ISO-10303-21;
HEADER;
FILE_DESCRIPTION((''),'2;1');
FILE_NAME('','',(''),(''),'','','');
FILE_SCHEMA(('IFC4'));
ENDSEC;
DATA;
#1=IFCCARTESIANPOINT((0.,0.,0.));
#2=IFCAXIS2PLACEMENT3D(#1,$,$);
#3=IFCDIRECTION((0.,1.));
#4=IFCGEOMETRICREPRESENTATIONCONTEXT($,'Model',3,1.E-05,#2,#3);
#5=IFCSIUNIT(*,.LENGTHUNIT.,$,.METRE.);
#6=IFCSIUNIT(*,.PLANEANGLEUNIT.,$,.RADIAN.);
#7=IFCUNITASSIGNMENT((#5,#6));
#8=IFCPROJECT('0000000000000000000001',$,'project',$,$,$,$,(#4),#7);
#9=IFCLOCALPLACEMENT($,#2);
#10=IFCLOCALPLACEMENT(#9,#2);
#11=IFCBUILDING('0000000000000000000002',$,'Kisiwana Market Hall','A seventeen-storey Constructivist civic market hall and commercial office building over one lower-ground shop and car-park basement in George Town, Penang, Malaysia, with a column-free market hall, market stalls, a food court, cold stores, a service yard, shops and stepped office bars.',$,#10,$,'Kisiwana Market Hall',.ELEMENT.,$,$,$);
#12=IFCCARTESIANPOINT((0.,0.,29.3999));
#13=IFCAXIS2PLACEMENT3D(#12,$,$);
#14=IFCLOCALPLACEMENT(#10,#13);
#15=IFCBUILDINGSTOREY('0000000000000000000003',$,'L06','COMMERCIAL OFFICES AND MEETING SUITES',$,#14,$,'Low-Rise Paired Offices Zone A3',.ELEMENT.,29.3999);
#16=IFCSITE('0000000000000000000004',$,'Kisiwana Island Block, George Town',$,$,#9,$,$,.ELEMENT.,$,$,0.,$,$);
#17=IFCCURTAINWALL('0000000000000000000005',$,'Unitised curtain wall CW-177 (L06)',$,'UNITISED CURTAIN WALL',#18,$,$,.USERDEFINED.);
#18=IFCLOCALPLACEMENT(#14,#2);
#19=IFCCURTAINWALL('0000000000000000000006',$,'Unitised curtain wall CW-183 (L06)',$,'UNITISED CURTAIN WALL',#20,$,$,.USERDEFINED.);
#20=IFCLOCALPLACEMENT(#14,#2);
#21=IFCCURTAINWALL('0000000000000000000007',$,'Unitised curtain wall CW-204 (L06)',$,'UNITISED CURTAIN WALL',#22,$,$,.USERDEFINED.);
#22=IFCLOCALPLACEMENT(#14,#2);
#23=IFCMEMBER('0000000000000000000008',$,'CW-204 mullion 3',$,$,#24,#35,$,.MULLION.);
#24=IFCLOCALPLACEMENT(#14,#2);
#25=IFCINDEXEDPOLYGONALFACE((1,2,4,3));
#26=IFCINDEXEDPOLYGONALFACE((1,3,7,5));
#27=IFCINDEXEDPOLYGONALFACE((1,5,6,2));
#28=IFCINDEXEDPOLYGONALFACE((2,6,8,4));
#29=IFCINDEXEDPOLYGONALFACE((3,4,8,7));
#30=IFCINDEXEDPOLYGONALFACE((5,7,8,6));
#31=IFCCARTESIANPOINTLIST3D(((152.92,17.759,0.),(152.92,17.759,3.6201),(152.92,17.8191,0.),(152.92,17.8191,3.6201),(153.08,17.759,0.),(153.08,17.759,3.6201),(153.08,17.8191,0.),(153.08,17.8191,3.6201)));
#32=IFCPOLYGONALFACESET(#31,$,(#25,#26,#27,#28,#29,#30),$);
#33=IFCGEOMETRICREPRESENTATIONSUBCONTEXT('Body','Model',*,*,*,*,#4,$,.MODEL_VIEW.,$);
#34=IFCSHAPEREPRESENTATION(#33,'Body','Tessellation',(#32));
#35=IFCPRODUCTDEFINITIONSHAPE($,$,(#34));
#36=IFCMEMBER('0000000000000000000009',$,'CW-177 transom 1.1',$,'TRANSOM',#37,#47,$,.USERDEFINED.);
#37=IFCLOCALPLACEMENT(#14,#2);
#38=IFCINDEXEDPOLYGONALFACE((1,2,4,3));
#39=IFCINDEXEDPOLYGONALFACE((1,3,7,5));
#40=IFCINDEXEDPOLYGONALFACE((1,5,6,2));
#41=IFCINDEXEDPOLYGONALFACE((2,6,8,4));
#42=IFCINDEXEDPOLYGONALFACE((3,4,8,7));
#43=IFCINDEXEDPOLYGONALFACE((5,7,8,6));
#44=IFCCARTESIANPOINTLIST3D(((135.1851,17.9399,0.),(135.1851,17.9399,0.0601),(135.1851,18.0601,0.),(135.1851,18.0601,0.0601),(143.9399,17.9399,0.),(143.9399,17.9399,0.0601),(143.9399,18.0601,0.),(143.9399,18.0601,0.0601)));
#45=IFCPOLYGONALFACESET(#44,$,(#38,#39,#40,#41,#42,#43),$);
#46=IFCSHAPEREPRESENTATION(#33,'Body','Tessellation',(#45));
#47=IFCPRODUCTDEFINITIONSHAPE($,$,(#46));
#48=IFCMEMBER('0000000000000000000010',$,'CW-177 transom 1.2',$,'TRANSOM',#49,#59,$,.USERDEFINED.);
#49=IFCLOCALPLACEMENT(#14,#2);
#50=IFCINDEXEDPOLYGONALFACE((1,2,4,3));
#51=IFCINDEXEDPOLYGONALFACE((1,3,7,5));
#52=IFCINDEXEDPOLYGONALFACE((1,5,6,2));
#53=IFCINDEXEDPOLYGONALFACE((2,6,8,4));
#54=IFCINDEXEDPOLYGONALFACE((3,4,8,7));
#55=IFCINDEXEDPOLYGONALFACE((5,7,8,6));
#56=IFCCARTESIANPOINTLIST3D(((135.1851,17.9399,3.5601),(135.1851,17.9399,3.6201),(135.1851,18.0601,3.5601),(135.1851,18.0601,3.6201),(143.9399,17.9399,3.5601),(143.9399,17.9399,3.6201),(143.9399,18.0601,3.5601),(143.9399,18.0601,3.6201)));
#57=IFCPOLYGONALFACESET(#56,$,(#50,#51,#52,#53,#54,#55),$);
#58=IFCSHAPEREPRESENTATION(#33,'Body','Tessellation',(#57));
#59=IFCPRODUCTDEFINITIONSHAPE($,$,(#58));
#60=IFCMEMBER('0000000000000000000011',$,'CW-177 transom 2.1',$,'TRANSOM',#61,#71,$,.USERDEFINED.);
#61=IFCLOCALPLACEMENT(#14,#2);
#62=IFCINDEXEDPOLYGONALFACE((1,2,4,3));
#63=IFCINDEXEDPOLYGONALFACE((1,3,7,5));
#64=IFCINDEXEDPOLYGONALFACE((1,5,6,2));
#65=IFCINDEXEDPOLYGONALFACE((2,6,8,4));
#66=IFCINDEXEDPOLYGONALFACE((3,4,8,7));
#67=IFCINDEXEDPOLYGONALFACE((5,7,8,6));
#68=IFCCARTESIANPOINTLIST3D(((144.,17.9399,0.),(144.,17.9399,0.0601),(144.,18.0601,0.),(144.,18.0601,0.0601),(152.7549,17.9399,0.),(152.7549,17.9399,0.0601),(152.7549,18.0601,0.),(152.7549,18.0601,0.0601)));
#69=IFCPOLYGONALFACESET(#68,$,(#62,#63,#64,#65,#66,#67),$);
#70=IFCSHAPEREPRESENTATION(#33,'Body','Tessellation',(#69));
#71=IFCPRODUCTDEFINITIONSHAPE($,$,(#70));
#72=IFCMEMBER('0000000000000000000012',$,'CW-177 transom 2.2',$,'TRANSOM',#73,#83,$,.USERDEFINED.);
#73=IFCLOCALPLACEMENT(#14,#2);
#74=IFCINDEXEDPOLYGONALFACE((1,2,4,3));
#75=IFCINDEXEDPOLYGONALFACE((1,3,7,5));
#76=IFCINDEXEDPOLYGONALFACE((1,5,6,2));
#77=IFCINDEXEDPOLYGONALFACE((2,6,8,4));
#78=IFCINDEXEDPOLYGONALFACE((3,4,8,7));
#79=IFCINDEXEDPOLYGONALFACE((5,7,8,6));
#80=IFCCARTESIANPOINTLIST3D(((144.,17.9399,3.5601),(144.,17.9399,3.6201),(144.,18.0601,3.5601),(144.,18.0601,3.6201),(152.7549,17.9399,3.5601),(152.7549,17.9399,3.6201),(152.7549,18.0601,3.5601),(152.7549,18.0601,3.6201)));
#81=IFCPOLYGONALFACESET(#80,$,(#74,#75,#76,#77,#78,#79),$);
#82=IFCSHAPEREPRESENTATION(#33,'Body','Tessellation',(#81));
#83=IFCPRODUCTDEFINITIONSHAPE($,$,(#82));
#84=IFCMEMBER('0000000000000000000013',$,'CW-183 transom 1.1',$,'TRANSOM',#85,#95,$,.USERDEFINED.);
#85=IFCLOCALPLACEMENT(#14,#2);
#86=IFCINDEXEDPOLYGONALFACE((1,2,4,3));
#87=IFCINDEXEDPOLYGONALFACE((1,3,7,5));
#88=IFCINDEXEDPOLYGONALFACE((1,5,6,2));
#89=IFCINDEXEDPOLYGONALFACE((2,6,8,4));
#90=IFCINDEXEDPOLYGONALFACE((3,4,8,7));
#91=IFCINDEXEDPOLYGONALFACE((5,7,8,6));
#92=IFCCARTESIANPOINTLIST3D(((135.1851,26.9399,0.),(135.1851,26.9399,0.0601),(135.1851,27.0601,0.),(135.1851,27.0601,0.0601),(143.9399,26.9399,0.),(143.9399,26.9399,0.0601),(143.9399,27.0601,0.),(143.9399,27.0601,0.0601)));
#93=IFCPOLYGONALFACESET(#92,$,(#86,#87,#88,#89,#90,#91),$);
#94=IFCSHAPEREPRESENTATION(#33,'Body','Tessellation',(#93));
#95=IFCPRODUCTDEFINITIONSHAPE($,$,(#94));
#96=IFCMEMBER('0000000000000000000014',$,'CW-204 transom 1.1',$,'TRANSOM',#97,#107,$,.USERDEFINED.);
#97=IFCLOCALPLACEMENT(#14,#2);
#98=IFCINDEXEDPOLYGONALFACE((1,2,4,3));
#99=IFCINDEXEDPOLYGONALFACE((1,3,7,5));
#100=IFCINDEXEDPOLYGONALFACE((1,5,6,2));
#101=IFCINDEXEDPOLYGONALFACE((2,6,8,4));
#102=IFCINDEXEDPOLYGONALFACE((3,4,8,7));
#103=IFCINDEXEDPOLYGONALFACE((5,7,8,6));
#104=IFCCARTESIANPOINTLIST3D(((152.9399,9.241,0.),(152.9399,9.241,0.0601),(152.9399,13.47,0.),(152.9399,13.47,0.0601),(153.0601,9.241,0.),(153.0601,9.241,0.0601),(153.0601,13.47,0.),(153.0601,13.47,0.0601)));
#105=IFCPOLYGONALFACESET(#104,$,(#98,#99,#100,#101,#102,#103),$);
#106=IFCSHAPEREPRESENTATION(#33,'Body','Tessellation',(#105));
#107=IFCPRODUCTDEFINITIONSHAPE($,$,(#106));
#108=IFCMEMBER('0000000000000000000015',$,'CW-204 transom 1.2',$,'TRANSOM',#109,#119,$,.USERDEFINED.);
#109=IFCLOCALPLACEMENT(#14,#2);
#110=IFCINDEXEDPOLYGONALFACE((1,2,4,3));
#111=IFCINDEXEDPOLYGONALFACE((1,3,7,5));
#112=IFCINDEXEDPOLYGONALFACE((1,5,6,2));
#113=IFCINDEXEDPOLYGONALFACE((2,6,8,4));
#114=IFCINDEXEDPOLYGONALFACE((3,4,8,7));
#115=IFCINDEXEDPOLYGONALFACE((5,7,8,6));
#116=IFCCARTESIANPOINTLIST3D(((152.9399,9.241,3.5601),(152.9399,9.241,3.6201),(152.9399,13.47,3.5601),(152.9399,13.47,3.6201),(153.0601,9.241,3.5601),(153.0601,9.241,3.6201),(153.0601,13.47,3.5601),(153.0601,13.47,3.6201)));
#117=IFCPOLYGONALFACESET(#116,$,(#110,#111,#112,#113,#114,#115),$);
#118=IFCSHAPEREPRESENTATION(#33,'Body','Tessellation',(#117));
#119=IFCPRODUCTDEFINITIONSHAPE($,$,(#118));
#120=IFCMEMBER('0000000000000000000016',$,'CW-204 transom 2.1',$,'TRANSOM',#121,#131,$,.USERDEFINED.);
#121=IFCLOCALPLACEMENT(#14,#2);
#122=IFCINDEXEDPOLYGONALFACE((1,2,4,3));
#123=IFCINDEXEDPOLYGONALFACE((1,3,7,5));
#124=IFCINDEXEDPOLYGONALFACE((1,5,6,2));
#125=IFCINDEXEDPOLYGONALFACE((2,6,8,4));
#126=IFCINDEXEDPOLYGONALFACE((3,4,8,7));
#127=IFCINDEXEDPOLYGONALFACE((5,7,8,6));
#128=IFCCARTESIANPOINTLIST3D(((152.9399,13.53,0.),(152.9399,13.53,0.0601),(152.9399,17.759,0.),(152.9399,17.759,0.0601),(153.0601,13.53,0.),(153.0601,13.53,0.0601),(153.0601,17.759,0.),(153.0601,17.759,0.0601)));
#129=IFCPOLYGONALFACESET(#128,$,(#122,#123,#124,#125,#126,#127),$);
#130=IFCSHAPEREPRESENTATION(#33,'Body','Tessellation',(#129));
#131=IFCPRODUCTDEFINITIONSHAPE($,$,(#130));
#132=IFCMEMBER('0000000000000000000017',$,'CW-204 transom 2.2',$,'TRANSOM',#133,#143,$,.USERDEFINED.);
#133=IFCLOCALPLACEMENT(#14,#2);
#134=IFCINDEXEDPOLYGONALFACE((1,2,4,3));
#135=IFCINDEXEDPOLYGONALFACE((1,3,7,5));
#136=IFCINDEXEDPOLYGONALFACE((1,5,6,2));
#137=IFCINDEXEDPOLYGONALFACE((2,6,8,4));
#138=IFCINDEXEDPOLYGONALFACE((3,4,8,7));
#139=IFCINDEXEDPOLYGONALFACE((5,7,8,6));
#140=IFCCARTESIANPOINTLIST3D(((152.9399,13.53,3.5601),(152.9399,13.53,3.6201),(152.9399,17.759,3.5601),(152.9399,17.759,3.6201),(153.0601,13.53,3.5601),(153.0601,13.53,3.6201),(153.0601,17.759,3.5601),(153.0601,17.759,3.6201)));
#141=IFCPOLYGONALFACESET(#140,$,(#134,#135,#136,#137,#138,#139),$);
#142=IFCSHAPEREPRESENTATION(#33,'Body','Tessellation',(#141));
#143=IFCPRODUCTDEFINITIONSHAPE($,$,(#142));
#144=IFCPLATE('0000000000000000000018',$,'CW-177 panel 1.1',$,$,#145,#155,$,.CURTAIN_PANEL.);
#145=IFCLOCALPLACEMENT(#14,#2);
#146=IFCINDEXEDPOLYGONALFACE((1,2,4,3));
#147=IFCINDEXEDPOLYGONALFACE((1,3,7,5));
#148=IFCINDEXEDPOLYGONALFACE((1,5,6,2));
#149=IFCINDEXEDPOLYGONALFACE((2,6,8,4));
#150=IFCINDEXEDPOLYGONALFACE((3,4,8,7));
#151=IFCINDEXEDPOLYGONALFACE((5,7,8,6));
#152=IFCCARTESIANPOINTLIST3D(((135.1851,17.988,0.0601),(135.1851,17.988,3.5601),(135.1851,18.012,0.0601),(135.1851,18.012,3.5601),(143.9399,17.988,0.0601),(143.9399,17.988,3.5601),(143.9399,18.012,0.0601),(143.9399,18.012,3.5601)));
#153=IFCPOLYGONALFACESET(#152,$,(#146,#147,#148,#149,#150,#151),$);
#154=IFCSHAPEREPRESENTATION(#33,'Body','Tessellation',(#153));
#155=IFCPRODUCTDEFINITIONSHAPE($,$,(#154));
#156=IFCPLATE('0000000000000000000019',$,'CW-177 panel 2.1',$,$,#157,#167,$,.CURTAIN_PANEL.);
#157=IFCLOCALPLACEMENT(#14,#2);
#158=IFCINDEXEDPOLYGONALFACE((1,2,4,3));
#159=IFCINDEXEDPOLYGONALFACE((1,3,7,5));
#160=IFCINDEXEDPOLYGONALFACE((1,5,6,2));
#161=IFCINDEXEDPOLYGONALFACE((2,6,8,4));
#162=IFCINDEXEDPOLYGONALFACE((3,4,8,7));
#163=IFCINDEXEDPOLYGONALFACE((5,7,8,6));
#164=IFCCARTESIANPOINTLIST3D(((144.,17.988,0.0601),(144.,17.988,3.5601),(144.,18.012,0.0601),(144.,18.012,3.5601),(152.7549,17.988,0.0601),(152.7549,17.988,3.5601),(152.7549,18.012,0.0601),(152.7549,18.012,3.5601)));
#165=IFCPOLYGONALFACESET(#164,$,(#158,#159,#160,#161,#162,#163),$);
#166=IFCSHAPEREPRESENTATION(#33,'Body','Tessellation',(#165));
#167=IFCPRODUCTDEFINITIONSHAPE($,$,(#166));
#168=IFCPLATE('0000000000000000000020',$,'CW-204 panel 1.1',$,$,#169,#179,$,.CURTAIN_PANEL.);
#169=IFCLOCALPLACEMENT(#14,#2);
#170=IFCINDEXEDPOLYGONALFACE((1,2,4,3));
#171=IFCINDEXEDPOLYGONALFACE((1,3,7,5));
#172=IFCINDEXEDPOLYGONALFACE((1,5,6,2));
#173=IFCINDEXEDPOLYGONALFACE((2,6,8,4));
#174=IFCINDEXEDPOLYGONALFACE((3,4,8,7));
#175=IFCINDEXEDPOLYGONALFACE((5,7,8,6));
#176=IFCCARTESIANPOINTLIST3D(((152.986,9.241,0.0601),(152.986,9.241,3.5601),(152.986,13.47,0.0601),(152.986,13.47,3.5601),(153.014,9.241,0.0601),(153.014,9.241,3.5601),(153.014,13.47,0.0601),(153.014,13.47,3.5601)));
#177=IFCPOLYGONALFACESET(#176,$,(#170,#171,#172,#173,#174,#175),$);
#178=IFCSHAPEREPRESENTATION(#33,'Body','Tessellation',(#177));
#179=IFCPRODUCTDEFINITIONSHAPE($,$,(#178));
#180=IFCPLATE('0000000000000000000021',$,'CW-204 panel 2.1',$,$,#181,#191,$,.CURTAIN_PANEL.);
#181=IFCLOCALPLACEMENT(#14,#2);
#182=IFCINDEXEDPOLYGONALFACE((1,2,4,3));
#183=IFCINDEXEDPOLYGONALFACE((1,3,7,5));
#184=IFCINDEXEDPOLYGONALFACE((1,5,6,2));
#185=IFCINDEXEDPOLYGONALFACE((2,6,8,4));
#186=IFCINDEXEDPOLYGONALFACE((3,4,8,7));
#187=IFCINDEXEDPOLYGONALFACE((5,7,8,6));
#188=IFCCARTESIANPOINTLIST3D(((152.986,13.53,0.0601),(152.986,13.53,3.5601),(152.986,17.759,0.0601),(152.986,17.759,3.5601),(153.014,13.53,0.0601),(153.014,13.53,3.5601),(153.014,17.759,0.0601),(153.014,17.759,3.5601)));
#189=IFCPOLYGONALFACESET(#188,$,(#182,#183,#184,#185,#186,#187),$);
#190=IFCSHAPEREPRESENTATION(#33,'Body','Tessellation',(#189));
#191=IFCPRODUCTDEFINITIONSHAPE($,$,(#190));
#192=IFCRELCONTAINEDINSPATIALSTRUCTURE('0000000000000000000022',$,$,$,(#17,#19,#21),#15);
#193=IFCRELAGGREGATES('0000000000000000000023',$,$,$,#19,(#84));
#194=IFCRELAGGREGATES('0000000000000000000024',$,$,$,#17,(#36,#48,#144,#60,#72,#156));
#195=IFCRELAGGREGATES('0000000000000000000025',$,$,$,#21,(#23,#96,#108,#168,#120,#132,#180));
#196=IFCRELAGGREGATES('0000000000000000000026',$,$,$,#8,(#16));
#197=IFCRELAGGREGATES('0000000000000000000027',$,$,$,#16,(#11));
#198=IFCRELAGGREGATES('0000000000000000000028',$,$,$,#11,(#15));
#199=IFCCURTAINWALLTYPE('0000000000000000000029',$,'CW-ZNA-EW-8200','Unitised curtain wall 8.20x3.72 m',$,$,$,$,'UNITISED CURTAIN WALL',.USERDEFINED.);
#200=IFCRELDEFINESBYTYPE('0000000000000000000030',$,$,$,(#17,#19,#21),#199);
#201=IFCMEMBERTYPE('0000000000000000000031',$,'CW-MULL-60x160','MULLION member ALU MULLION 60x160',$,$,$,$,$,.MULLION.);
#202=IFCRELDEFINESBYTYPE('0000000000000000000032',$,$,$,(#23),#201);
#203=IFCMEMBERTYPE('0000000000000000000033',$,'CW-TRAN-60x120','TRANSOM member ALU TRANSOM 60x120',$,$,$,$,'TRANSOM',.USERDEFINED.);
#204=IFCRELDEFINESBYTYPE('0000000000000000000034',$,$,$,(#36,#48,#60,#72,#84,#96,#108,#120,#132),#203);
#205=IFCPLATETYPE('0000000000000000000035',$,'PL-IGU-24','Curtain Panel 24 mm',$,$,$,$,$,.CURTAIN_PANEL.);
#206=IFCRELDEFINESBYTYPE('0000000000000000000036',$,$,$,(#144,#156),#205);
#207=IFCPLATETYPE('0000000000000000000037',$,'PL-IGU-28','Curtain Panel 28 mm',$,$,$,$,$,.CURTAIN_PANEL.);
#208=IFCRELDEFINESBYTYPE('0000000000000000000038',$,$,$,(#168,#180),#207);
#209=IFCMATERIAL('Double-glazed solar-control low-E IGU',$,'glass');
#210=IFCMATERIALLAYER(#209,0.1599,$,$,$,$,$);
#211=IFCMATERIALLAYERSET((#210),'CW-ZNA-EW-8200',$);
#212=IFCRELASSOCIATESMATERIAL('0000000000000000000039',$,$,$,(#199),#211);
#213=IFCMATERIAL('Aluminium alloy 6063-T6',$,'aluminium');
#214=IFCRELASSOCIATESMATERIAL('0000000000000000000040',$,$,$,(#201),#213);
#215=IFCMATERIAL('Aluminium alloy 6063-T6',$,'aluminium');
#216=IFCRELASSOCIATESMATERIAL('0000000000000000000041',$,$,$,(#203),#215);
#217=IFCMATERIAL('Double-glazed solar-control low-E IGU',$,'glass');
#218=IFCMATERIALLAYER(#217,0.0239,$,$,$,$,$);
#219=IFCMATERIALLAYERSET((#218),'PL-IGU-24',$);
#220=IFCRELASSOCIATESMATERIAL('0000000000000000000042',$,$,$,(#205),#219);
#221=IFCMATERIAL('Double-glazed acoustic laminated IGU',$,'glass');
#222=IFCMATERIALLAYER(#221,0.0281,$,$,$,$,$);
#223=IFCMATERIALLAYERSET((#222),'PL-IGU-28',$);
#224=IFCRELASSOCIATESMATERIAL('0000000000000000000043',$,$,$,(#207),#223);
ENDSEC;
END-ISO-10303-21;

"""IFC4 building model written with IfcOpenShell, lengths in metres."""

from ifc_helpers import new_model, si_unit, direction, frame, origin, origin_2d, place, context, subcontext, project, spatial, rectangle, extrude, material, layer, layer_set, material_profile, profile_set, type_object, element, aggregate, save


model = new_model("IFC4")

# Units and contexts
model_context = context("Model", 3, precision=1e-05, world=origin(), true_north=direction((0.0, 1.0)))
body_context = subcontext(model_context, "Body", "Model", "MODEL_VIEW")
ifc_project = project(units=[si_unit("LENGTHUNIT", "METRE"), si_unit("PLANEANGLEUNIT", "RADIAN")], contexts=[model_context])

# Site, building, storey
site_placement = place(None, origin())
site = spatial("IfcSite", under=ifc_project, at=site_placement, Name="Kisiwana Island Block, George Town", CompositionType="ELEMENT", RefElevation=0.0)
building_placement = place(site_placement, origin())
building = spatial("IfcBuilding", under=site, at=building_placement, Name="Kisiwana Market Hall", Description="A seventeen-storey Constructivist civic market hall and commercial office building over one lower-ground shop and car-park basement in George Town, Penang, Malaysia, with a column-free market hall, market stalls, a food court, cold stores, a service yard, shops and stepped office bars.", LongName="Kisiwana Market Hall", CompositionType="ELEMENT")
storey_placement = place(building_placement, frame((0.0, 0.0, 29.3999)))
storey = spatial("IfcBuildingStorey", under=building, at=storey_placement, Name="L06", Description="COMMERCIAL OFFICES AND MEETING SUITES", LongName="Low-Rise Paired Offices Zone A3", CompositionType="ELEMENT", Elevation=29.3999)

# Curtain wall
ifc_material_1 = material(Name="Double-glazed solar-control low-E IGU", Category="glass")
ifc_layer_1 = layer(ifc_material_1, 0.1599)
ifc_layer_set_1 = layer_set([ifc_layer_1], Name="CW-ZNA-EW-8200")
curtain_wall_type = type_object("IfcCurtainWallType", Name="CW-ZNA-EW-8200", Description="Unitised curtain wall 8.20x3.72 m", ElementType="UNITISED CURTAIN WALL", PredefinedType="USERDEFINED", material=ifc_layer_set_1)
curtain_wall_1_placement = place(storey_placement, origin())
curtain_wall_1 = element("IfcCurtainWall", 1, at=curtain_wall_1_placement, inside=storey, type_object=curtain_wall_type, Name="Unitised curtain wall CW-177 (L06)", ObjectType="UNITISED CURTAIN WALL", PredefinedType="USERDEFINED")
ifc_material_2 = material(Name="Aluminium alloy 6063-T6", Category="aluminium")
ifc_material_profile_1 = material_profile(ifc_material_2, rectangle(XDim=0.0601, YDim=0.1599, at=origin_2d()), Name="ALU MULLION 60x160")
ifc_profile_set_1 = profile_set([ifc_material_profile_1], Name="Aluminium alloy 6063-T6")
member_type_1 = type_object("IfcMemberType", Name="CW-MULL-60x160", Description="MULLION member ALU MULLION 60x160", PredefinedType="MULLION", material=ifc_profile_set_1)

# Curtain wall
curtain_wall_2_placement = place(storey_placement, origin())
curtain_wall_2 = element("IfcCurtainWall", 2, at=curtain_wall_2_placement, inside=storey, type_object=curtain_wall_type, Name="Unitised curtain wall CW-183 (L06)", ObjectType="UNITISED CURTAIN WALL", PredefinedType="USERDEFINED")

# Curtain wall, member
curtain_wall_3_placement = place(storey_placement, origin())
curtain_wall_3 = element("IfcCurtainWall", 3, at=curtain_wall_3_placement, inside=storey, type_object=curtain_wall_type, Name="Unitised curtain wall CW-204 (L06)", ObjectType="UNITISED CURTAIN WALL", PredefinedType="USERDEFINED")
member_1_placement = place(storey_placement, frame((153.0, 17.7891, 0.0), z_axis=(0.0, 0.0, 1.0), x_axis=(0.0, 1.0, 0.0)))
member_1 = element("IfcMember", 4, at=member_1_placement, type_object=member_type_1, Name="CW-204 mullion 3", PredefinedType="MULLION", context=body_context, shape_type="SweptSolid", body=[
    extrude(rectangle(XDim=0.0601, YDim=0.1599, at=origin_2d()), origin(), (0.0, 0.0, 1.0), 3.6201),
])

# Members
ifc_material_3 = material(Name="Aluminium alloy 6063-T6", Category="aluminium")
ifc_material_profile_2 = material_profile(ifc_material_3, rectangle(XDim=0.1201, YDim=0.0601, at=origin_2d()), Name="ALU TRANSOM 60x120")
ifc_profile_set_2 = profile_set([ifc_material_profile_2], Name="Aluminium alloy 6063-T6")
member_type_2 = type_object("IfcMemberType", Name="CW-TRAN-60x120", Description="TRANSOM member ALU TRANSOM 60x120", ElementType="TRANSOM", PredefinedType="USERDEFINED", material=ifc_profile_set_2)
member_2_placement = place(storey_placement, frame((135.1851, 18.0, 0.03), z_axis=(1.0, 0.0, 0.0), x_axis=(0.0, 1.0, 0.0)))
member_2 = element("IfcMember", 5, at=member_2_placement, type_object=member_type_2, Name="CW-177 transom 1.1", ObjectType="TRANSOM", PredefinedType="USERDEFINED", context=body_context, shape_type="SweptSolid", body=[
    extrude(rectangle(XDim=0.1201, YDim=0.0601, at=origin_2d()), origin(), (0.0, 0.0, 1.0), 8.7549),
])
member_3_placement = place(storey_placement, frame((135.1851, 18.0, 3.5901), z_axis=(1.0, 0.0, 0.0), x_axis=(0.0, 1.0, 0.0)))
member_3 = element("IfcMember", 6, at=member_3_placement, type_object=member_type_2, Name="CW-177 transom 1.2", ObjectType="TRANSOM", PredefinedType="USERDEFINED", context=body_context, shape_type="SweptSolid", body=[
    extrude(rectangle(XDim=0.1201, YDim=0.0601, at=origin_2d()), origin(), (0.0, 0.0, 1.0), 8.7549),
])
member_4_placement = place(storey_placement, frame((144.0, 18.0, 0.03), z_axis=(1.0, 0.0, 0.0), x_axis=(0.0, 1.0, 0.0)))
member_4 = element("IfcMember", 7, at=member_4_placement, type_object=member_type_2, Name="CW-177 transom 2.1", ObjectType="TRANSOM", PredefinedType="USERDEFINED", context=body_context, shape_type="SweptSolid", body=[
    extrude(rectangle(XDim=0.1201, YDim=0.0601, at=origin_2d()), origin(), (0.0, 0.0, 1.0), 8.7549),
])
member_5_placement = place(storey_placement, frame((144.0, 18.0, 3.5901), z_axis=(1.0, 0.0, 0.0), x_axis=(0.0, 1.0, 0.0)))
member_5 = element("IfcMember", 8, at=member_5_placement, type_object=member_type_2, Name="CW-177 transom 2.2", ObjectType="TRANSOM", PredefinedType="USERDEFINED", context=body_context, shape_type="SweptSolid", body=[
    extrude(rectangle(XDim=0.1201, YDim=0.0601, at=origin_2d()), origin(), (0.0, 0.0, 1.0), 8.7549),
])
member_6_placement = place(storey_placement, frame((135.1851, 27.0, 0.03), z_axis=(1.0, 0.0, 0.0), x_axis=(0.0, 1.0, 0.0)))
member_6 = element("IfcMember", 9, at=member_6_placement, type_object=member_type_2, Name="CW-183 transom 1.1", ObjectType="TRANSOM", PredefinedType="USERDEFINED", context=body_context, shape_type="SweptSolid", body=[
    extrude(rectangle(XDim=0.1201, YDim=0.0601, at=origin_2d()), origin(), (0.0, 0.0, 1.0), 8.7549),
])
aggregate(curtain_wall_2, [member_6])
member_7_placement = place(storey_placement, frame((153.0, 9.241, 0.03), z_axis=(0.0, 1.0, 0.0), x_axis=(-1.0, 0.0, 0.0)))
member_7 = element("IfcMember", 10, at=member_7_placement, type_object=member_type_2, Name="CW-204 transom 1.1", ObjectType="TRANSOM", PredefinedType="USERDEFINED", context=body_context, shape_type="SweptSolid", body=[
    extrude(rectangle(XDim=0.1201, YDim=0.0601, at=origin_2d()), origin(), (0.0, 0.0, 1.0), 4.229),
])
member_8_placement = place(storey_placement, frame((153.0, 9.241, 3.5901), z_axis=(0.0, 1.0, 0.0), x_axis=(-1.0, 0.0, 0.0)))
member_8 = element("IfcMember", 11, at=member_8_placement, type_object=member_type_2, Name="CW-204 transom 1.2", ObjectType="TRANSOM", PredefinedType="USERDEFINED", context=body_context, shape_type="SweptSolid", body=[
    extrude(rectangle(XDim=0.1201, YDim=0.0601, at=origin_2d()), origin(), (0.0, 0.0, 1.0), 4.229),
])
member_9_placement = place(storey_placement, frame((153.0, 13.53, 0.03), z_axis=(0.0, 1.0, 0.0), x_axis=(-1.0, 0.0, 0.0)))
member_9 = element("IfcMember", 12, at=member_9_placement, type_object=member_type_2, Name="CW-204 transom 2.1", ObjectType="TRANSOM", PredefinedType="USERDEFINED", context=body_context, shape_type="SweptSolid", body=[
    extrude(rectangle(XDim=0.1201, YDim=0.0601, at=origin_2d()), origin(), (0.0, 0.0, 1.0), 4.229),
])
member_10_placement = place(storey_placement, frame((153.0, 13.53, 3.5901), z_axis=(0.0, 1.0, 0.0), x_axis=(-1.0, 0.0, 0.0)))
member_10 = element("IfcMember", 13, at=member_10_placement, type_object=member_type_2, Name="CW-204 transom 2.2", ObjectType="TRANSOM", PredefinedType="USERDEFINED", context=body_context, shape_type="SweptSolid", body=[
    extrude(rectangle(XDim=0.1201, YDim=0.0601, at=origin_2d()), origin(), (0.0, 0.0, 1.0), 4.229),
])

# Plates
ifc_material_4 = material(Name="Double-glazed solar-control low-E IGU", Category="glass")
ifc_layer_2 = layer(ifc_material_4, 0.0239)
ifc_layer_set_2 = layer_set([ifc_layer_2], Name="PL-IGU-24")
plate_type_1 = type_object("IfcPlateType", Name="PL-IGU-24", Description="Curtain Panel 24 mm", PredefinedType="CURTAIN_PANEL", material=ifc_layer_set_2)
plate_1_placement = place(storey_placement, frame((139.5625, 18.0, 0.0601), z_axis=(0.0, 0.0, 1.0), x_axis=(1.0, 0.0, 0.0)))
plate_1 = element("IfcPlate", 14, at=plate_1_placement, type_object=plate_type_1, Name="CW-177 panel 1.1", PredefinedType="CURTAIN_PANEL", context=body_context, shape_type="SweptSolid", body=[
    extrude(rectangle(XDim=8.7549, YDim=0.0239, at=origin_2d()), origin(), (0.0, 0.0, 1.0), 3.5),
])
plate_2_placement = place(storey_placement, frame((148.3774, 18.0, 0.0601), z_axis=(0.0, 0.0, 1.0), x_axis=(1.0, 0.0, 0.0)))
plate_2 = element("IfcPlate", 15, at=plate_2_placement, type_object=plate_type_1, Name="CW-177 panel 2.1", PredefinedType="CURTAIN_PANEL", context=body_context, shape_type="SweptSolid", body=[
    extrude(rectangle(XDim=8.7549, YDim=0.0239, at=origin_2d()), origin(), (0.0, 0.0, 1.0), 3.5),
])
aggregate(curtain_wall_1, [member_2, member_3, plate_1, member_4, member_5, plate_2])
ifc_material_5 = material(Name="Double-glazed acoustic laminated IGU", Category="glass")
ifc_layer_3 = layer(ifc_material_5, 0.0281)
ifc_layer_set_3 = layer_set([ifc_layer_3], Name="PL-IGU-28")
plate_type_2 = type_object("IfcPlateType", Name="PL-IGU-28", Description="Curtain Panel 28 mm", PredefinedType="CURTAIN_PANEL", material=ifc_layer_set_3)
plate_3_placement = place(storey_placement, frame((153.0, 11.3555, 0.0601), z_axis=(0.0, 0.0, 1.0), x_axis=(0.0, 1.0, 0.0)))
plate_3 = element("IfcPlate", 16, at=plate_3_placement, type_object=plate_type_2, Name="CW-204 panel 1.1", PredefinedType="CURTAIN_PANEL", context=body_context, shape_type="SweptSolid", body=[
    extrude(rectangle(XDim=4.229, YDim=0.0281, at=origin_2d()), origin(), (0.0, 0.0, 1.0), 3.5),
])
plate_4_placement = place(storey_placement, frame((153.0, 15.6445, 0.0601), z_axis=(0.0, 0.0, 1.0), x_axis=(0.0, 1.0, 0.0)))
plate_4 = element("IfcPlate", 17, at=plate_4_placement, type_object=plate_type_2, Name="CW-204 panel 2.1", PredefinedType="CURTAIN_PANEL", context=body_context, shape_type="SweptSolid", body=[
    extrude(rectangle(XDim=4.229, YDim=0.0281, at=origin_2d()), origin(), (0.0, 0.0, 1.0), 3.5),
])
aggregate(curtain_wall_3, [member_1, member_7, member_8, plate_3, member_9, member_10, plate_4])

save(model, "model.ifc")
